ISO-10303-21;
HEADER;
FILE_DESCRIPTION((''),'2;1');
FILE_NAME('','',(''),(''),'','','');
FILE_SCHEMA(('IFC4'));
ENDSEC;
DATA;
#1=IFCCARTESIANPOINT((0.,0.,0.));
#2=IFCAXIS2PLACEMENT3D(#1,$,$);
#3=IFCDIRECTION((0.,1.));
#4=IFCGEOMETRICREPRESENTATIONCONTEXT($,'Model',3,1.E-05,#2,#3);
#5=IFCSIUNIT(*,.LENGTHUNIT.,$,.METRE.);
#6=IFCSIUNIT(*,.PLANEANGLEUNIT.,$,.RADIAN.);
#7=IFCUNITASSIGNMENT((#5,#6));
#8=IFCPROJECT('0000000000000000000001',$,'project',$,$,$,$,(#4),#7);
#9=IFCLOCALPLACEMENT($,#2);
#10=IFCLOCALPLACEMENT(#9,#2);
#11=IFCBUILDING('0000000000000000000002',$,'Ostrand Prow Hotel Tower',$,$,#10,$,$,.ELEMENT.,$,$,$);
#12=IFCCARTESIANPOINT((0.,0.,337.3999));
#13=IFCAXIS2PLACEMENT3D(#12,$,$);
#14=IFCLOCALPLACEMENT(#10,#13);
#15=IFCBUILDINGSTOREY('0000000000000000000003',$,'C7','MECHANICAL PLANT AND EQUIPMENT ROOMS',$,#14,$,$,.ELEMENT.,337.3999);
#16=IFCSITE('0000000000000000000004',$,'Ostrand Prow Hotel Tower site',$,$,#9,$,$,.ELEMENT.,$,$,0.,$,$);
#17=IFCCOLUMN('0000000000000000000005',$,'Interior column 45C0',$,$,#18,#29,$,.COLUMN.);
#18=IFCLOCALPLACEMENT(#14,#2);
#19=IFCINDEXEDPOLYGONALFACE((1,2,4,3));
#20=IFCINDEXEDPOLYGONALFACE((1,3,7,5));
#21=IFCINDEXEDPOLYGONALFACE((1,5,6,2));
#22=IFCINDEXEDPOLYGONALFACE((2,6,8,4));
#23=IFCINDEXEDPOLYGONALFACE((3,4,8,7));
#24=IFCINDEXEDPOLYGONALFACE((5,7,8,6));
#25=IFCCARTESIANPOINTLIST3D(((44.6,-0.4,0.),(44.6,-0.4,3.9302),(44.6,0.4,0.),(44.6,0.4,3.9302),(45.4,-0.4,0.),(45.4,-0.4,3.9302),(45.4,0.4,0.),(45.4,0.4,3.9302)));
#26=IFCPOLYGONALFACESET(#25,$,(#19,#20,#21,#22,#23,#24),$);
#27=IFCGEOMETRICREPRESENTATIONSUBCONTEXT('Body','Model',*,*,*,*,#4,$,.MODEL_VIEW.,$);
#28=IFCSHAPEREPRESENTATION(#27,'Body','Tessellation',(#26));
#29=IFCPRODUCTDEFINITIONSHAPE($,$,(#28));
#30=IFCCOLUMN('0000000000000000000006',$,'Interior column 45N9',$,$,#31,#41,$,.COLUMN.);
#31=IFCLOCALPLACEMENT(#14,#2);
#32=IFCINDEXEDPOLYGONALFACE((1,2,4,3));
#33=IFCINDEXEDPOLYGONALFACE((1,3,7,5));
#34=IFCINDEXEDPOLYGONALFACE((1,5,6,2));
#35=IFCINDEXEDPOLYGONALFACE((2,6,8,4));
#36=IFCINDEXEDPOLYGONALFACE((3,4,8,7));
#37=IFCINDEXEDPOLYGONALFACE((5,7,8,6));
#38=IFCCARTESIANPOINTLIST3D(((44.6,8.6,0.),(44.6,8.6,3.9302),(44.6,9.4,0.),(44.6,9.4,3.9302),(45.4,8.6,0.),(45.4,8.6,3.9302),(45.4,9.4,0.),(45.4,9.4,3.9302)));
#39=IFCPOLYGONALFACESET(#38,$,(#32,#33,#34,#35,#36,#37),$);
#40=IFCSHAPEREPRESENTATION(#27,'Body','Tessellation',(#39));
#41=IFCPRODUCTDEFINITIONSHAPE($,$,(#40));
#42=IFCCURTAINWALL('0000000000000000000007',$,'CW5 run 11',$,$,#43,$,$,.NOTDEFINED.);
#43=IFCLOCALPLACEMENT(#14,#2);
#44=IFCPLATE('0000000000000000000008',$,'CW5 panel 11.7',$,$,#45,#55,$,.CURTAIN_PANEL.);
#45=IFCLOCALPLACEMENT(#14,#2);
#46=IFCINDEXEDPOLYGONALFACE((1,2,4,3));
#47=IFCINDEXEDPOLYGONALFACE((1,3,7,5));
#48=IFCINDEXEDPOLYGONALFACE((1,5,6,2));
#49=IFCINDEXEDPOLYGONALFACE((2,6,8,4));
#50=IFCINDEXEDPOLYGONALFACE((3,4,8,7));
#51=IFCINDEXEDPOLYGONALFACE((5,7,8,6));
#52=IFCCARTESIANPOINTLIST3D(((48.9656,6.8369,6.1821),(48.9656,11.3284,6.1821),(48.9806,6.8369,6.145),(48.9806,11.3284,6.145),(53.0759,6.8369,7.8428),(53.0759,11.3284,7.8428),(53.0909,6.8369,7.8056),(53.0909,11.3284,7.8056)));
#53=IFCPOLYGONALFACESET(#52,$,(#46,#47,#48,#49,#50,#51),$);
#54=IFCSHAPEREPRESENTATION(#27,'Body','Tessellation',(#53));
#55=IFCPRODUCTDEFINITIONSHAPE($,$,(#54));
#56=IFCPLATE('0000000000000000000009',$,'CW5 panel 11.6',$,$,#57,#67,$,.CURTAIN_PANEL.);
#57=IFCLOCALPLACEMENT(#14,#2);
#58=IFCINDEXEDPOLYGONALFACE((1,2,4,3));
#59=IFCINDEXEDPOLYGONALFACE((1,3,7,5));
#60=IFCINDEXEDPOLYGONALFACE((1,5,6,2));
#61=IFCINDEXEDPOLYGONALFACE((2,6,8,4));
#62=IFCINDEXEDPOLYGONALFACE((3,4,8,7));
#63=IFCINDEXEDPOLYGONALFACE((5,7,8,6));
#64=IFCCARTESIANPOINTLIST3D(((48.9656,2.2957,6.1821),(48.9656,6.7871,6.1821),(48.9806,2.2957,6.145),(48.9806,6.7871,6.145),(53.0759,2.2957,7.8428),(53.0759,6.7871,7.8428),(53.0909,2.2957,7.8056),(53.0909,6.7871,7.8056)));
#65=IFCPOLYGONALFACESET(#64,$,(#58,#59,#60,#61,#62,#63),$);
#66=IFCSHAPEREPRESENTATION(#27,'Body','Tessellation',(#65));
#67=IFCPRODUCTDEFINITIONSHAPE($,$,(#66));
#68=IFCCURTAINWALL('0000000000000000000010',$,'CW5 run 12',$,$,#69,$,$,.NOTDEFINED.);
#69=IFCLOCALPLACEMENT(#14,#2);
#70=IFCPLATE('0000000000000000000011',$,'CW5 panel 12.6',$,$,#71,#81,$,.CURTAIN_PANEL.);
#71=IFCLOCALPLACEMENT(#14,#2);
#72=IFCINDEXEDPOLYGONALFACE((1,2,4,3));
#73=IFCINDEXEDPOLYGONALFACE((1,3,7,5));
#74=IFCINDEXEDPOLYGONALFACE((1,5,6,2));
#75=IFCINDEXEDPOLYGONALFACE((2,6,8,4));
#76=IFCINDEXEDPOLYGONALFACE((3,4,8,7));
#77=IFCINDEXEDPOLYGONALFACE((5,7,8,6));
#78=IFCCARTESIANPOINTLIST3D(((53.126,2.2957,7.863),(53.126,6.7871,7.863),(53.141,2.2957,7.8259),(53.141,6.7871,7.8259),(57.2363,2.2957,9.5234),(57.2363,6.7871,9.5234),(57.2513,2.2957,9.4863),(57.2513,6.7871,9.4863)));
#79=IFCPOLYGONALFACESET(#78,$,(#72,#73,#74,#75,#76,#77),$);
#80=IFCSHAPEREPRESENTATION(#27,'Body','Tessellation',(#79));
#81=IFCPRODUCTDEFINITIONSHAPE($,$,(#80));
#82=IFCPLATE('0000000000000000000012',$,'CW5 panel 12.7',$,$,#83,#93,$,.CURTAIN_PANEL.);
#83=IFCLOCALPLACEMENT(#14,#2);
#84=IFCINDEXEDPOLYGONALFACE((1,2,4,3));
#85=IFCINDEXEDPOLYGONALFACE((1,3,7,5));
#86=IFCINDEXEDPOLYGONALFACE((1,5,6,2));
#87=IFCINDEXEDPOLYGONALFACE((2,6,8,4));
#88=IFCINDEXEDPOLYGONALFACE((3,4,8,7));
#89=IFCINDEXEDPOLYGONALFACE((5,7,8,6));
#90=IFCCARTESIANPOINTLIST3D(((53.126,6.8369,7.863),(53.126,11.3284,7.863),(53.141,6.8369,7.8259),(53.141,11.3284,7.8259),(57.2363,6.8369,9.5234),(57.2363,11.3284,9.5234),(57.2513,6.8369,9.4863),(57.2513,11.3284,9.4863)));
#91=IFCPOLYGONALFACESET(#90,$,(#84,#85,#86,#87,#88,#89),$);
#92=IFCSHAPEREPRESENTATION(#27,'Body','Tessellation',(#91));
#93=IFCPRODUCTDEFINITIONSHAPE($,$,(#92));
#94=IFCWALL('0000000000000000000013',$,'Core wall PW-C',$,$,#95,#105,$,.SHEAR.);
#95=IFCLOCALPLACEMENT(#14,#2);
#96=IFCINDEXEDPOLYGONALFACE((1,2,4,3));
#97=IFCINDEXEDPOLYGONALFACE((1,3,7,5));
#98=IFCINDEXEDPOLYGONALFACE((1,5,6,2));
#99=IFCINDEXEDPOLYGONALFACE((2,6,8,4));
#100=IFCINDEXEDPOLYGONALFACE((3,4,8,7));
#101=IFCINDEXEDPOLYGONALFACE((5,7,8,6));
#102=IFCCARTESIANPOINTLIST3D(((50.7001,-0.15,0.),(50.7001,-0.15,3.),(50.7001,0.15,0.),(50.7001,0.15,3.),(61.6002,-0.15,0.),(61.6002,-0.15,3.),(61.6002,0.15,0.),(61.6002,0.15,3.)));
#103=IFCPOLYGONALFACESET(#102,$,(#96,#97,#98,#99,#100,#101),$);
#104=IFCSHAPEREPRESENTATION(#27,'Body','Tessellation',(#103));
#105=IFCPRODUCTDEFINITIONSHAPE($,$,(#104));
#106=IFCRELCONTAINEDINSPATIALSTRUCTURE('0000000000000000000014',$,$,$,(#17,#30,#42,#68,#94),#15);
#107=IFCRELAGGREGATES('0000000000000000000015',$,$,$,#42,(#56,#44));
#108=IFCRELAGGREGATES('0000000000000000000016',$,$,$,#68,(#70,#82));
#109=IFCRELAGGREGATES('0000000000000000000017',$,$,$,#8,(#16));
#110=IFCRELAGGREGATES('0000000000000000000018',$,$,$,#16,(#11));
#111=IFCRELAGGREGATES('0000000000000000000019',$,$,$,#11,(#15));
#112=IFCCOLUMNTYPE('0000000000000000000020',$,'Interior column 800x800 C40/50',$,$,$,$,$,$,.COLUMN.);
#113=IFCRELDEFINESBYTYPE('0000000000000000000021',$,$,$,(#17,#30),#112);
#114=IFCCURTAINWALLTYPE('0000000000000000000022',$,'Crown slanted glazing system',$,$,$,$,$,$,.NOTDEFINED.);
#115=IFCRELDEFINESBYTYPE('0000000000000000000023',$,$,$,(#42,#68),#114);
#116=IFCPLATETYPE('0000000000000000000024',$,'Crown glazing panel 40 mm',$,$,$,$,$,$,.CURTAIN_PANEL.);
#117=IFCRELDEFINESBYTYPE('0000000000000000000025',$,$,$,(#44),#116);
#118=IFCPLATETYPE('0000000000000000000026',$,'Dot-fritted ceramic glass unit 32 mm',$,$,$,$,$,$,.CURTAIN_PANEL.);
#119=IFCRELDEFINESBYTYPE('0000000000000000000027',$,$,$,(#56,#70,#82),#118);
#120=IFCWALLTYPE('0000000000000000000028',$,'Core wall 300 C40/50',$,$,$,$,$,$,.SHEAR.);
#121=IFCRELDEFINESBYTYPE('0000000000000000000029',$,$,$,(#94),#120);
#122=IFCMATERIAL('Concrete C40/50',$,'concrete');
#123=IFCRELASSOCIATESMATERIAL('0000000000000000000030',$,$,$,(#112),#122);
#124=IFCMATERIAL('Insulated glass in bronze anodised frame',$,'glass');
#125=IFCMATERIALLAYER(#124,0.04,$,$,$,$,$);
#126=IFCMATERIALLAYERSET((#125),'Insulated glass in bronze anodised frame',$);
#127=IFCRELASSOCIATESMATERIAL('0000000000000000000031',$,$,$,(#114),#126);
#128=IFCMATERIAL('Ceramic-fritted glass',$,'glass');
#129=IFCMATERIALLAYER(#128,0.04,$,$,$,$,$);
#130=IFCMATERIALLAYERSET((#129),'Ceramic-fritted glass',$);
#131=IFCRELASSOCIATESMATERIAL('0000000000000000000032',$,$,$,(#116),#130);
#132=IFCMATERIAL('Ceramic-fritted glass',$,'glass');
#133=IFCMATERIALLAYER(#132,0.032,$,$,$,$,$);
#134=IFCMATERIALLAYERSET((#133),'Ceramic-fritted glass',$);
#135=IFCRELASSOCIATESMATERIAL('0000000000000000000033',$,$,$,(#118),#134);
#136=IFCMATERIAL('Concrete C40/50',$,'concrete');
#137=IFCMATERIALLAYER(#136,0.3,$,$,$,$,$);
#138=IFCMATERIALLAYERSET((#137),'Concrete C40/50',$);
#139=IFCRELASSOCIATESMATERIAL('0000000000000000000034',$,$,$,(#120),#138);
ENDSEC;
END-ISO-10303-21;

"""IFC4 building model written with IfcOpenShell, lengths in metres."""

from ifc_helpers import new_model, si_unit, direction, frame, frame_2d, origin, origin_2d, place, context, subcontext, project, spatial, polyline, rectangle, outline, extrude, material, layer, layer_set, material_profile, profile_set, type_object, element, aggregate, save


model = new_model("IFC4")

# Units and contexts
model_context = context("Model", 3, precision=1e-05, world=origin(), true_north=direction((0.0, 1.0)))
body_context = subcontext(model_context, "Body", "Model", "MODEL_VIEW")
ifc_project = project(units=[si_unit("LENGTHUNIT", "METRE"), si_unit("PLANEANGLEUNIT", "RADIAN")], contexts=[model_context])

# Site, building, storey
site_placement = place(None, origin())
site = spatial("IfcSite", under=ifc_project, at=site_placement, Name="Ostrand Prow Hotel Tower site", CompositionType="ELEMENT", RefElevation=0.0)
building_placement = place(site_placement, origin())
building = spatial("IfcBuilding", under=site, at=building_placement, Name="Ostrand Prow Hotel Tower", CompositionType="ELEMENT")
storey_placement = place(building_placement, frame((0.0, 0.0, 337.3999)))
storey = spatial("IfcBuildingStorey", under=building, at=storey_placement, Name="C7", Description="MECHANICAL PLANT AND EQUIPMENT ROOMS", CompositionType="ELEMENT", Elevation=337.3999)

# Columns
ifc_material_1 = material(Name="Concrete C40/50", Category="concrete")
ifc_material_profile = material_profile(ifc_material_1, rectangle(XDim=0.8, YDim=0.8, at=origin_2d()), Name="RC 800x800")
ifc_profile_set = profile_set([ifc_material_profile], Name="Concrete C40/50")
column_type = type_object("IfcColumnType", Name="Interior column 800x800 C40/50", PredefinedType="COLUMN", material=ifc_profile_set)
for number, where, z_axis, x_axis, name in (
    (1, (45.0, 0.0, 0.0), (0.0, 0.0, 1.0), (1.0, 0.0, 0.0), "Interior column 45C0"),
    (2, (45.0, 9.0, 0.0), (0.0, 0.0, 1.0), (1.0, 0.0, 0.0), "Interior column 45N9"),
):
    element("IfcColumn", number, at=place(storey_placement, frame(where, z_axis=z_axis, x_axis=x_axis)), inside=storey, type_object=column_type, Name=name, PredefinedType="COLUMN", context=body_context, shape_type="SweptSolid", body=[
        extrude(rectangle(XDim=0.8, YDim=0.8, at=origin_2d()), origin(), (0.0, 0.0, 1.0), 3.9302),
    ])

# Curtain walls, plates
ifc_material_2 = material(Name="Insulated glass in bronze anodised frame", Category="glass")
ifc_layer_1 = layer(ifc_material_2, 0.04)
ifc_layer_set_1 = layer_set([ifc_layer_1], Name="Insulated glass in bronze anodised frame")
curtain_wall_type = type_object("IfcCurtainWallType", Name="Crown slanted glazing system", PredefinedType="NOTDEFINED", material=ifc_layer_set_1)
curtain_wall_1_placement = place(storey_placement, origin())
curtain_wall_1 = element("IfcCurtainWall", 3, at=curtain_wall_1_placement, inside=storey, type_object=curtain_wall_type, Name="CW5 run 11", PredefinedType="NOTDEFINED")
ifc_material_3 = material(Name="Ceramic-fritted glass", Category="glass")
ifc_layer_2 = layer(ifc_material_3, 0.04)
ifc_layer_set_2 = layer_set([ifc_layer_2], Name="Ceramic-fritted glass")
plate_type_1 = type_object("IfcPlateType", Name="Crown glazing panel 40 mm", PredefinedType="CURTAIN_PANEL", material=ifc_layer_set_2)
plate_1_placement = place(storey_placement, frame((48.9656, 6.8369, 6.1821), z_axis=(-0.374598, 0.0, 0.927187), x_axis=(0.927187, 0.0, 0.374598)))
plate_1 = element("IfcPlate", 4, at=plate_1_placement, type_object=plate_type_1, Name="CW5 panel 11.7", PredefinedType="CURTAIN_PANEL", context=body_context, shape_type="SweptSolid", body=[
    extrude(outline(polyline([(0.0, 0.0), (4.4331, 0.0), (4.4331, 4.4915), (0.0, 4.4915), (0.0, 0.0)])), origin(), (0.0, 0.0, -1.0), 0.04),
])
ifc_material_4 = material(Name="Ceramic-fritted glass", Category="glass")
ifc_layer_3 = layer(ifc_material_4, 0.032)
ifc_layer_set_3 = layer_set([ifc_layer_3], Name="Ceramic-fritted glass")
plate_type_2 = type_object("IfcPlateType", Name="Dot-fritted ceramic glass unit 32 mm", PredefinedType="CURTAIN_PANEL", material=ifc_layer_set_3)
plate_2_placement = place(storey_placement, frame((48.9656, 2.2957, 6.1821), z_axis=(-0.374598, 0.0, 0.927187), x_axis=(0.927187, 0.0, 0.374598)))
plate_2 = element("IfcPlate", 5, at=plate_2_placement, type_object=plate_type_2, Name="CW5 panel 11.6", PredefinedType="CURTAIN_PANEL", context=body_context, shape_type="SweptSolid", body=[
    extrude(outline(polyline([(0.0, 0.0), (4.4331, 0.0), (4.4331, 4.4915), (0.0, 4.4915), (0.0, 0.0)])), origin(), (0.0, 0.0, -1.0), 0.04),
])
aggregate(curtain_wall_1, [plate_2, plate_1])
curtain_wall_2_placement = place(storey_placement, origin())
curtain_wall_2 = element("IfcCurtainWall", 6, at=curtain_wall_2_placement, inside=storey, type_object=curtain_wall_type, Name="CW5 run 12", PredefinedType="NOTDEFINED")
plate_3_placement = place(storey_placement, frame((53.126, 2.2957, 7.863), z_axis=(-0.37455, 0.0, 0.927207), x_axis=(0.927207, 0.0, 0.37455)))
plate_3 = element("IfcPlate", 7, at=plate_3_placement, type_object=plate_type_2, Name="CW5 panel 12.6", PredefinedType="CURTAIN_PANEL", context=body_context, shape_type="SweptSolid", body=[
    extrude(outline(polyline([(0.0, 0.0), (4.433, 0.0), (4.433, 4.4915), (0.0, 4.4915), (0.0, 0.0)])), origin(), (0.0, 0.0, -1.0), 0.04),
])
plate_4_placement = place(storey_placement, frame((53.126, 6.8369, 7.863), z_axis=(-0.37455, 0.0, 0.927207), x_axis=(0.927207, 0.0, 0.37455)))
plate_4 = element("IfcPlate", 8, at=plate_4_placement, type_object=plate_type_2, Name="CW5 panel 12.7", PredefinedType="CURTAIN_PANEL", context=body_context, shape_type="SweptSolid", body=[
    extrude(outline(polyline([(0.0, 0.0), (4.433, 0.0), (4.433, 4.4915), (0.0, 4.4915), (0.0, 0.0)])), origin(), (0.0, 0.0, -1.0), 0.04),
])
aggregate(curtain_wall_2, [plate_3, plate_4])

# Wall
ifc_material_5 = material(Name="Concrete C40/50", Category="concrete")
ifc_layer_4 = layer(ifc_material_5, 0.3)
ifc_layer_set_4 = layer_set([ifc_layer_4], Name="Concrete C40/50")
wall_type_1 = type_object("IfcWallType", Name="Core wall 300 C40/50", PredefinedType="SHEAR", material=ifc_layer_set_4)
wall_1_placement = place(storey_placement, frame((50.7, 0.0, 0.0), z_axis=(0.0, 0.0, 1.0), x_axis=(1.0, 0.0, 0.0)))
element("IfcWall", 9, at=wall_1_placement, inside=storey, type_object=wall_type_1, Name="Core wall PW-C", PredefinedType="SHEAR", context=body_context, shape_type="SweptSolid", body=[
    extrude(rectangle(XDim=10.9001, YDim=0.3, at=frame_2d((5.4502, 0.0))), origin(), (0.0, 0.0, 1.0), 3.0),
])

save(model, "model.ifc")
